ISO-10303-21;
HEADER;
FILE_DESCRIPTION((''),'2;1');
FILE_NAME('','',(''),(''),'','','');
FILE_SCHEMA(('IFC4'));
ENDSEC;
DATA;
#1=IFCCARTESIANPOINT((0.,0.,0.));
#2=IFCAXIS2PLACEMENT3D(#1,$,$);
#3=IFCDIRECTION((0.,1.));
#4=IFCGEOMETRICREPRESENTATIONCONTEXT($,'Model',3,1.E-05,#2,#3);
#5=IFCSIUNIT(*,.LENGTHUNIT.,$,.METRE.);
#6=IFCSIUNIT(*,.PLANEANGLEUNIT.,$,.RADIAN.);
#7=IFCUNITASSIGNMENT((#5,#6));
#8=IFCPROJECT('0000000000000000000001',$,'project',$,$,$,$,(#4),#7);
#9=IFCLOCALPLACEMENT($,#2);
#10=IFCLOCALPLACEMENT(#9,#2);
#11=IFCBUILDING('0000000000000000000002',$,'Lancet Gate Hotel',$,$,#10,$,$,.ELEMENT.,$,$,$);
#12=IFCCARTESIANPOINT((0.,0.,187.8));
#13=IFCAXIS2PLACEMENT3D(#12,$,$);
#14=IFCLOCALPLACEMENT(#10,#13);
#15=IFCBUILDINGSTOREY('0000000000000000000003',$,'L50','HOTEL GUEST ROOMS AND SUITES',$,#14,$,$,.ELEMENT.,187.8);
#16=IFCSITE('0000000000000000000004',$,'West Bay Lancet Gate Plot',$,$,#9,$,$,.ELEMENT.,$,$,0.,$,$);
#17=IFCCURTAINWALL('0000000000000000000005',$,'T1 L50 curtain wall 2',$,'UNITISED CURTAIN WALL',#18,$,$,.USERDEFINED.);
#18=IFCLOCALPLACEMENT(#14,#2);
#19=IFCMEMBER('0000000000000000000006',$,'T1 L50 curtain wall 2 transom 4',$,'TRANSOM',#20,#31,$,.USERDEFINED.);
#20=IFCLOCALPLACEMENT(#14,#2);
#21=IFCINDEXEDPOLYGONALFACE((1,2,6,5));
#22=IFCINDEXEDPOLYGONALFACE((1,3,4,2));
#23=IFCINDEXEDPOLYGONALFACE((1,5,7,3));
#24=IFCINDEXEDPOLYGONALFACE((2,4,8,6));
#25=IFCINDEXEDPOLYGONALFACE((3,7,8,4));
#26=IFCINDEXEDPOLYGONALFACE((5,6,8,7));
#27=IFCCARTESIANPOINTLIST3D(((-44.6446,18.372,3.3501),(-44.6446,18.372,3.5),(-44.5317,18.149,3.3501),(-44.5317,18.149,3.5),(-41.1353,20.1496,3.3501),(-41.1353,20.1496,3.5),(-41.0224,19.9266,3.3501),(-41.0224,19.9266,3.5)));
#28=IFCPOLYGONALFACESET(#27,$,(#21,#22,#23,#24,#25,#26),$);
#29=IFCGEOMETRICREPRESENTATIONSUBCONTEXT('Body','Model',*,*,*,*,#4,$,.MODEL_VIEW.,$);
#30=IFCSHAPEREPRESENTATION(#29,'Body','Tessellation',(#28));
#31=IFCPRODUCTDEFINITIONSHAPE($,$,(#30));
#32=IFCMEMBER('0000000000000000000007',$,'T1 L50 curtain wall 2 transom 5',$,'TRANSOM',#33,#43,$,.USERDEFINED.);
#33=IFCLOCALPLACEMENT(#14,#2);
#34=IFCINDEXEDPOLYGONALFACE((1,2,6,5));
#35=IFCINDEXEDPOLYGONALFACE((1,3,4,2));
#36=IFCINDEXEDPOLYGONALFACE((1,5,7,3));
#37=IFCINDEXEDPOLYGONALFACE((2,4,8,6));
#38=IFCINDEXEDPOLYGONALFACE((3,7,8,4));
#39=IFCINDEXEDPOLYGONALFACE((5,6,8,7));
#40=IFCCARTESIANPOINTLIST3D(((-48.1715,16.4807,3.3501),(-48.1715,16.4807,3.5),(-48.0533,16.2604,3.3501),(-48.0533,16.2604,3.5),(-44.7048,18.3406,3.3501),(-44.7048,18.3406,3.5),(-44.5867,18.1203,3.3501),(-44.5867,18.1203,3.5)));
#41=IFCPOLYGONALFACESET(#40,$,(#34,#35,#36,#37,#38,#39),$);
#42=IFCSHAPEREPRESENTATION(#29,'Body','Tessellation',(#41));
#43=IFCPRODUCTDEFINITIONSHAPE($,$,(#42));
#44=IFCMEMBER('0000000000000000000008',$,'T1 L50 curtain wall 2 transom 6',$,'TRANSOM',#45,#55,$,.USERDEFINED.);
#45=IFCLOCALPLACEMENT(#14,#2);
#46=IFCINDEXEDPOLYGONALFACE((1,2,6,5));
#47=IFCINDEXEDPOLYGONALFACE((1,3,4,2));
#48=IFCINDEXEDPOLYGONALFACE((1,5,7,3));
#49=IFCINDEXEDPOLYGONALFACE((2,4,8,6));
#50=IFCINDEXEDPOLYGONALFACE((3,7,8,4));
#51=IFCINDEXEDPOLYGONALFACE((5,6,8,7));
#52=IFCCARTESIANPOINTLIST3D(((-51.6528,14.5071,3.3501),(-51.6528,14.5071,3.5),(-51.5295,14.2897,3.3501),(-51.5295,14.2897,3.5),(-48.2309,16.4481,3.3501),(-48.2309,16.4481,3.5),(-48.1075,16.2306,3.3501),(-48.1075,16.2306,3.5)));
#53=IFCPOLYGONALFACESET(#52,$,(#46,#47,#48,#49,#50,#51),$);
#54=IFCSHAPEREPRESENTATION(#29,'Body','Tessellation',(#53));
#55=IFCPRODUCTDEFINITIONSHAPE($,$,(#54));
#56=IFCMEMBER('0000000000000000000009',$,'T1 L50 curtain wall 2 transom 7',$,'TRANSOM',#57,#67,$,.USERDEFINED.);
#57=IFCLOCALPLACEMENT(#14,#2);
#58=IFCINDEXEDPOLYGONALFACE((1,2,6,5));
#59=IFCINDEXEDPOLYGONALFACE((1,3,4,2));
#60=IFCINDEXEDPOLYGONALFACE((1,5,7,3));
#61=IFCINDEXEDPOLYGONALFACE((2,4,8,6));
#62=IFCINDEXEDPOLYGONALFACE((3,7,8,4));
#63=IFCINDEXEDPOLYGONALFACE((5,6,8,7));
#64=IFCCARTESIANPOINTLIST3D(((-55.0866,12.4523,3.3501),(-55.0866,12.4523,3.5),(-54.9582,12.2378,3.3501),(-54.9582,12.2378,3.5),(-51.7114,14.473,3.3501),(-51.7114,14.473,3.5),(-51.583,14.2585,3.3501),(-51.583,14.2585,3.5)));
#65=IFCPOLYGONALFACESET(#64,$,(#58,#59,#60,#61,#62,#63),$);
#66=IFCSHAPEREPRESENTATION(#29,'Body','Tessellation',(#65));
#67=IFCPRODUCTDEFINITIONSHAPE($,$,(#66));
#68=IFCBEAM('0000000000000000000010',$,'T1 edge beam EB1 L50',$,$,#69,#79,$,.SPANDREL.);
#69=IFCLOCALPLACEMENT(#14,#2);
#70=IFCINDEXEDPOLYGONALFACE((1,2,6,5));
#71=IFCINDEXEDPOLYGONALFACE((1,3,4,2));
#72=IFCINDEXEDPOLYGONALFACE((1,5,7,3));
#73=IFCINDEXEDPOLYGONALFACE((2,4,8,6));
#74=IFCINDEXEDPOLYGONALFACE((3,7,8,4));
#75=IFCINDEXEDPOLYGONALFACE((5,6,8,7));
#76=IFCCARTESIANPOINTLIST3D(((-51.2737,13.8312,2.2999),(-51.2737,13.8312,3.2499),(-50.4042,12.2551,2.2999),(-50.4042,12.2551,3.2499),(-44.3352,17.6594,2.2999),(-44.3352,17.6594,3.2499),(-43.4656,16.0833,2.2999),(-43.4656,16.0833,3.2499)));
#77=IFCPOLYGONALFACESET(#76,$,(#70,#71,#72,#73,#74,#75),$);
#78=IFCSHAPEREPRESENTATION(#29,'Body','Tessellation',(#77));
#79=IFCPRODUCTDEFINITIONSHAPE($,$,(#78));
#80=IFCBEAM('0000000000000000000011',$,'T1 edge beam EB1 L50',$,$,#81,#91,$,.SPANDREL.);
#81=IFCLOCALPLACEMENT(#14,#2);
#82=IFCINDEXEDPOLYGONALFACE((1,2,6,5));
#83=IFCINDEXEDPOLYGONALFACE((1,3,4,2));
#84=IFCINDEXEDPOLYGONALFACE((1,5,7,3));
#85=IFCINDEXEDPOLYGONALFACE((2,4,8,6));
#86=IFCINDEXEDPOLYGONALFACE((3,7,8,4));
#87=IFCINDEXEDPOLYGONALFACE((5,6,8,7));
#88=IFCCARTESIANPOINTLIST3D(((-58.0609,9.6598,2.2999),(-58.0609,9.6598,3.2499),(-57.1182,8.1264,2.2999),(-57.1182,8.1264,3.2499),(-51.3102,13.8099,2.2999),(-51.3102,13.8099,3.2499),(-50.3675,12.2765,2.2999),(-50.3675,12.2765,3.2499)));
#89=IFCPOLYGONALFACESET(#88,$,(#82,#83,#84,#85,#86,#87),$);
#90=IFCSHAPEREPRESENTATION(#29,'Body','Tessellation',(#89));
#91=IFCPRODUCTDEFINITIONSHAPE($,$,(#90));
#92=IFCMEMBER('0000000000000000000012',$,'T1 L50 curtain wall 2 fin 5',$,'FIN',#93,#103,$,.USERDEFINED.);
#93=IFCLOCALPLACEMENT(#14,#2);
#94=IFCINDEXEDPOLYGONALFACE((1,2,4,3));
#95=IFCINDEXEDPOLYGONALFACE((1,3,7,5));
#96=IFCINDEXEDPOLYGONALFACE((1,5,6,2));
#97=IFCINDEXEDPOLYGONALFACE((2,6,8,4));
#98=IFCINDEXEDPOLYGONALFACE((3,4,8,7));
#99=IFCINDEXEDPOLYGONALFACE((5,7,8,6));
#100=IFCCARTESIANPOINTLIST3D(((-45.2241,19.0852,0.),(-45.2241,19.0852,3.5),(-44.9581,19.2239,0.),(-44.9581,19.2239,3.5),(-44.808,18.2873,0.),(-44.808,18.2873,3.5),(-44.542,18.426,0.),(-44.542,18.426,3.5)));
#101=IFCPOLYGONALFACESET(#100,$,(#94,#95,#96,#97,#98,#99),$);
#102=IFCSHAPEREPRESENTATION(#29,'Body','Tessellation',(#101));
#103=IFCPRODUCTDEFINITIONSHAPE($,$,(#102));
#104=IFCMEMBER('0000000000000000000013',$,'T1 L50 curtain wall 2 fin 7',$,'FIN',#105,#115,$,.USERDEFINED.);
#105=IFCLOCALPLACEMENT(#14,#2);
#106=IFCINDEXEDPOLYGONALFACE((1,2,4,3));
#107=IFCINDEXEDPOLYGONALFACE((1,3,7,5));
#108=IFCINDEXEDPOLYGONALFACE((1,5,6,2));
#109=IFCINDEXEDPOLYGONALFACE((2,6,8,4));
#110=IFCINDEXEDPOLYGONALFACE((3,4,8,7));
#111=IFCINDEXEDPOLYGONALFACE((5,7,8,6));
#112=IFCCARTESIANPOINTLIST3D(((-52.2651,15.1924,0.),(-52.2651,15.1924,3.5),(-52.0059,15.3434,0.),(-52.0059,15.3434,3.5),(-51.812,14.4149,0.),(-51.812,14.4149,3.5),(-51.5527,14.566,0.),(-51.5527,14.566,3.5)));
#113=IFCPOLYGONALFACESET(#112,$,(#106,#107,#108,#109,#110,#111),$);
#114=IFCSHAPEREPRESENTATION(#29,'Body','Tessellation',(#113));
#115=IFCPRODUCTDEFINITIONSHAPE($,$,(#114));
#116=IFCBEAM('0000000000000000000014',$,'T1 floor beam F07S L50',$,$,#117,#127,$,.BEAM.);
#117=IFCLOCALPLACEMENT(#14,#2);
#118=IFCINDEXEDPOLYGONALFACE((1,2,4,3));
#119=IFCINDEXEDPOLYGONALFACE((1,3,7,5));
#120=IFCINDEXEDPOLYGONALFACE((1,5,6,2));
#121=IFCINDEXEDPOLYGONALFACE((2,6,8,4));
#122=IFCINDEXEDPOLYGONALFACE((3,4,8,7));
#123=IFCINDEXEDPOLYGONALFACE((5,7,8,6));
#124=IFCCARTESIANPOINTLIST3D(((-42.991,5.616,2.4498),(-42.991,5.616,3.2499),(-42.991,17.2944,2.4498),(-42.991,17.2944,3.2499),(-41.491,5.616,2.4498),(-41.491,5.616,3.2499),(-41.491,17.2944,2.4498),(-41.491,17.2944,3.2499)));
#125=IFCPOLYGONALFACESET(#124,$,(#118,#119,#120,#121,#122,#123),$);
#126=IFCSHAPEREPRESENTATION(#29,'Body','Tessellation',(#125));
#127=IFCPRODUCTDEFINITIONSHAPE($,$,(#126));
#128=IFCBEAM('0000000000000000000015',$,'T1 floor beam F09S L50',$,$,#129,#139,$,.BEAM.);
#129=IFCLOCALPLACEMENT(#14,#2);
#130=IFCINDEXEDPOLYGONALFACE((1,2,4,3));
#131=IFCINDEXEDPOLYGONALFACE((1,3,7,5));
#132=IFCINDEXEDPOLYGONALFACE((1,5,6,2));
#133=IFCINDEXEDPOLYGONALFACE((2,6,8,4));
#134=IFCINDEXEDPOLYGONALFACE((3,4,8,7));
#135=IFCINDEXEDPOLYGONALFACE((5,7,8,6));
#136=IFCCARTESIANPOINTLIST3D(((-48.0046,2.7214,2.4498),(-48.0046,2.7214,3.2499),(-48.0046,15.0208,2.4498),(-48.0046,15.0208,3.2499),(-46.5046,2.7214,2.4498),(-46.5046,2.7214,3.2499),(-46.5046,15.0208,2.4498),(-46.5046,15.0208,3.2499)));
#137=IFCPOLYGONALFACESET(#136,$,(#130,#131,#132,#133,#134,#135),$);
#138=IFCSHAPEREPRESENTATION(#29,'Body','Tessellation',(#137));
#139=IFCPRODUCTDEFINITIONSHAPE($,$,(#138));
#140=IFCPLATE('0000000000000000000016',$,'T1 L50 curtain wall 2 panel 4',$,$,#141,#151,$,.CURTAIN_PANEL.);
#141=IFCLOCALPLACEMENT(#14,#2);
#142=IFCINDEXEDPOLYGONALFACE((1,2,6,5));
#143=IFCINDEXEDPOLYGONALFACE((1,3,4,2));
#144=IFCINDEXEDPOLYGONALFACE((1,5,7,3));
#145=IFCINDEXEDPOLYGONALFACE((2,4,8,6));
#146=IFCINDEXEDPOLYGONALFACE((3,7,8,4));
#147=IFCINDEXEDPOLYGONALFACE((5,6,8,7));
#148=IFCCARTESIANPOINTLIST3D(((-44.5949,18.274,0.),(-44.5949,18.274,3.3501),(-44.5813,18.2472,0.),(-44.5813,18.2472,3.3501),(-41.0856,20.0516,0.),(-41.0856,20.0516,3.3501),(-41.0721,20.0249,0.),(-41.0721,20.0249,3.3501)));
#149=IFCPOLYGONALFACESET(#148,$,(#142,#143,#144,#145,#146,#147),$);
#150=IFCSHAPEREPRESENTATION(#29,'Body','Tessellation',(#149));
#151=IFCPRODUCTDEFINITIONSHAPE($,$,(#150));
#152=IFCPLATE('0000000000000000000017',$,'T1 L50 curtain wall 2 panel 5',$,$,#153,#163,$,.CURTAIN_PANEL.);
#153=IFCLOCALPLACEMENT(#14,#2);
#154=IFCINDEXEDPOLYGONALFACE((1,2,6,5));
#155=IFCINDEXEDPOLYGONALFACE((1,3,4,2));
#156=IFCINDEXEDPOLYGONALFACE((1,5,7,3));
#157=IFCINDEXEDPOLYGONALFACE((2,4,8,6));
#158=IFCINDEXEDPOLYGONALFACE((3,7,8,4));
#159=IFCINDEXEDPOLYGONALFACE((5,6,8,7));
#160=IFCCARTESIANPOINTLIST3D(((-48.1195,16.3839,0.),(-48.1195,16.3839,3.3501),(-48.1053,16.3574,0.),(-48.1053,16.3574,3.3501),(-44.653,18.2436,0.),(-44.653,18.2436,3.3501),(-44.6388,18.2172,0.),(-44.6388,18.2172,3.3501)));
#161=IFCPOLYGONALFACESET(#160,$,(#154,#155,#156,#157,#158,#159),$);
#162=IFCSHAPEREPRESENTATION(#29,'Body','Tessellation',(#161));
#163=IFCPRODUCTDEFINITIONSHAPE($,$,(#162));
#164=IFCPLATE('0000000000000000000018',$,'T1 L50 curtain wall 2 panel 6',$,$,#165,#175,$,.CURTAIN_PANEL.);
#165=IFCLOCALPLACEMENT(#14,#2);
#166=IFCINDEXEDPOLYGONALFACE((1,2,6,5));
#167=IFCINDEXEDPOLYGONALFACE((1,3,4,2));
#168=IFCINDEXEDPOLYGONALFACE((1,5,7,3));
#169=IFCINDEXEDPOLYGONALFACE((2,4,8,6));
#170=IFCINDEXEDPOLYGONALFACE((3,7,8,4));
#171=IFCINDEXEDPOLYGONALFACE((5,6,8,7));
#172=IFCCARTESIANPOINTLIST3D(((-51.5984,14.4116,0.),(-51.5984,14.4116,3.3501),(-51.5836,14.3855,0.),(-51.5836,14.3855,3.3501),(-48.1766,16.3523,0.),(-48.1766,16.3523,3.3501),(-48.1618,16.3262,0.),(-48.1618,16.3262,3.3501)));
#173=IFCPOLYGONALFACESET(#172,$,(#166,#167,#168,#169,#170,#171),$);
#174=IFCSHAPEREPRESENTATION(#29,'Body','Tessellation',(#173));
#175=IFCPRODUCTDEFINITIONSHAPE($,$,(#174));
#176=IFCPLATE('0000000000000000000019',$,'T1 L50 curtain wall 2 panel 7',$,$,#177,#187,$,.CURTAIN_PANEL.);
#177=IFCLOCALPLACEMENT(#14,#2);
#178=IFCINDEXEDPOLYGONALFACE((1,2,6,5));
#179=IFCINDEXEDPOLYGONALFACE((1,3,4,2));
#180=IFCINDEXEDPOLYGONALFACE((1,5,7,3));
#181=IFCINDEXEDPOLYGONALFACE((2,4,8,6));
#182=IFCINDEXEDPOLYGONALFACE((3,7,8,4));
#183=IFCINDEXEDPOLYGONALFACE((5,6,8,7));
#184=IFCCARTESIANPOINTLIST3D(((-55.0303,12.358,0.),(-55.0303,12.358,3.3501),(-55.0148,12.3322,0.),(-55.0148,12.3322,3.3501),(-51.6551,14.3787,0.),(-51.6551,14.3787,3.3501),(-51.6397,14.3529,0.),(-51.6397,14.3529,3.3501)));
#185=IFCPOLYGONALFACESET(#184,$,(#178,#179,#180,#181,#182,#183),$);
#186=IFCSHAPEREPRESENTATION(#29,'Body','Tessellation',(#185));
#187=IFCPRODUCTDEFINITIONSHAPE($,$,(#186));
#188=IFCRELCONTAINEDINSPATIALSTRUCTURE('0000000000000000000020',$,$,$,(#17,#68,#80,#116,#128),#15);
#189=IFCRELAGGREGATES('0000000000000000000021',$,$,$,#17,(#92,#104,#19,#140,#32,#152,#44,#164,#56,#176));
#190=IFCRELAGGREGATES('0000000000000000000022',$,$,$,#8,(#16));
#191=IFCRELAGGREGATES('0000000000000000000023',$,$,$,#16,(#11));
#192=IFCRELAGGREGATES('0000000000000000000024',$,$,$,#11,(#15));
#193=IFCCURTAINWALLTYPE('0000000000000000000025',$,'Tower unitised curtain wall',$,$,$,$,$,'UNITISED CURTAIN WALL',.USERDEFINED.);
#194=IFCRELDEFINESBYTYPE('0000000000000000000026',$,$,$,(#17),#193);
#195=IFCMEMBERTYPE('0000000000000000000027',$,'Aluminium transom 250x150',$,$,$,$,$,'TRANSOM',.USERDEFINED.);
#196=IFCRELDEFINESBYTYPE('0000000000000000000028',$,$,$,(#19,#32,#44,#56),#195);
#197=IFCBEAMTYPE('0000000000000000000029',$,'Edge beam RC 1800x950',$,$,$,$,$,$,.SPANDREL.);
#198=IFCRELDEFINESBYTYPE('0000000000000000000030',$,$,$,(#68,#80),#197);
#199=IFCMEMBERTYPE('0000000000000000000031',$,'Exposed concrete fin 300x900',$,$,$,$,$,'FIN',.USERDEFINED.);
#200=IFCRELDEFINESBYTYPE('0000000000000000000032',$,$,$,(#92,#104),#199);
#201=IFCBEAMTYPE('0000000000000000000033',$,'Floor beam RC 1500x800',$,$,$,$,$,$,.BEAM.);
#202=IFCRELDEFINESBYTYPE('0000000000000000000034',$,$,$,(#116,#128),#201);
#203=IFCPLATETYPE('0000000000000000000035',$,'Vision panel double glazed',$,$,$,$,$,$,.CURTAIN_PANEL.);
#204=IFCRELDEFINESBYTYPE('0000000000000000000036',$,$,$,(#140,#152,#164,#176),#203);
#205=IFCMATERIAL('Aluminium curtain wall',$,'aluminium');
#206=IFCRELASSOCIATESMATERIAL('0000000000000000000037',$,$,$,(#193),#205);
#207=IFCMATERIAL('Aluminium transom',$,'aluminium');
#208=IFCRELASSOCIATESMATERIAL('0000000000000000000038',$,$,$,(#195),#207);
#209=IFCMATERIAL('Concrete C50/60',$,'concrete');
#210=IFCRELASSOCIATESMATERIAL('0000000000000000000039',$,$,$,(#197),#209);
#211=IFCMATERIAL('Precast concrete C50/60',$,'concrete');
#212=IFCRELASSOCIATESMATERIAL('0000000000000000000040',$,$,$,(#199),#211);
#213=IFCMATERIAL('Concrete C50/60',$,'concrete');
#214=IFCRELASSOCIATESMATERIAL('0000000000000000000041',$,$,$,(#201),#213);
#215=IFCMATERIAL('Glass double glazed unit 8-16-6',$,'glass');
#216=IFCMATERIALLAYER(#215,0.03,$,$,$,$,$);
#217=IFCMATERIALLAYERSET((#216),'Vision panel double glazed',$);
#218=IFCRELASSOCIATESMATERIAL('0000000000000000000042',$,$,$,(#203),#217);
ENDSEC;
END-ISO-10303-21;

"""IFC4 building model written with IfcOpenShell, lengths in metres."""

from ifc_helpers import new_model, si_unit, direction, frame, origin, origin_2d, place, context, subcontext, project, spatial, rectangle, extrude, material, layer, layer_set, material_profile, profile_set, type_object, element, aggregate, save


model = new_model("IFC4")

# Units and contexts
model_context = context("Model", 3, precision=1e-05, world=origin(), true_north=direction((0.0, 1.0)))
body_context = subcontext(model_context, "Body", "Model", "MODEL_VIEW")
ifc_project = project(units=[si_unit("LENGTHUNIT", "METRE"), si_unit("PLANEANGLEUNIT", "RADIAN")], contexts=[model_context])

# Site, building, storey
site_placement = place(None, origin())
site = spatial("IfcSite", under=ifc_project, at=site_placement, Name="West Bay Lancet Gate Plot", CompositionType="ELEMENT", RefElevation=0.0)
building_placement = place(site_placement, origin())
building = spatial("IfcBuilding", under=site, at=building_placement, Name="Lancet Gate Hotel", CompositionType="ELEMENT")
storey_placement = place(building_placement, frame((0.0, 0.0, 187.8)))
storey = spatial("IfcBuildingStorey", under=building, at=storey_placement, Name="L50", Description="HOTEL GUEST ROOMS AND SUITES", CompositionType="ELEMENT", Elevation=187.8)

# Curtain wall, members
ifc_material_1 = material(Name="Aluminium curtain wall", Category="aluminium")
curtain_wall_type = type_object("IfcCurtainWallType", Name="Tower unitised curtain wall", ElementType="UNITISED CURTAIN WALL", PredefinedType="USERDEFINED", material=ifc_material_1)
curtain_wall_placement = place(storey_placement, origin())
curtain_wall = element("IfcCurtainWall", 1, at=curtain_wall_placement, inside=storey, type_object=curtain_wall_type, Name="T1 L50 curtain wall 2", ObjectType="UNITISED CURTAIN WALL", PredefinedType="USERDEFINED")
ifc_material_2 = material(Name="Aluminium transom", Category="aluminium")
ifc_material_profile_1 = material_profile(ifc_material_2, rectangle(XDim=0.25, YDim=0.1499, at=origin_2d()), Name="TRANSOM 250x150")
ifc_profile_set_1 = profile_set([ifc_material_profile_1], Name="Aluminium transom")
member_type_1 = type_object("IfcMemberType", Name="Aluminium transom 250x150", ElementType="TRANSOM", PredefinedType="USERDEFINED", material=ifc_profile_set_1)
member_1_placement = place(storey_placement, frame((-41.0789, 20.0381, 3.425), z_axis=(-0.892081, -0.451875, 0.0), x_axis=(0.451875, -0.892081, 0.0)))
member_1 = element("IfcMember", 2, at=member_1_placement, type_object=member_type_1, Name="T1 L50 curtain wall 2 transom 4", ObjectType="TRANSOM", PredefinedType="USERDEFINED", context=body_context, shape_type="SweptSolid", body=[
    extrude(rectangle(XDim=0.25, YDim=0.1499, at=origin_2d()), origin(), (0.0, 0.0, 1.0), 3.9338),
])
member_2_placement = place(storey_placement, frame((-44.6458, 18.2305, 3.425), z_axis=(-0.881185, -0.472771, 0.0), x_axis=(0.472771, -0.881185, 0.0)))
member_2 = element("IfcMember", 3, at=member_2_placement, type_object=member_type_1, Name="T1 L50 curtain wall 2 transom 5", ObjectType="TRANSOM", PredefinedType="USERDEFINED", context=body_context, shape_type="SweptSolid", body=[
    extrude(rectangle(XDim=0.25, YDim=0.1499, at=origin_2d()), origin(), (0.0, 0.0, 1.0), 3.9341),
])
member_3_placement = place(storey_placement, frame((-48.1692, 16.3394, 3.425), z_axis=(-0.86982, -0.49337, 0.0), x_axis=(0.49337, -0.86982, 0.0)))
member_3 = element("IfcMember", 4, at=member_3_placement, type_object=member_type_1, Name="T1 L50 curtain wall 2 transom 6", ObjectType="TRANSOM", PredefinedType="USERDEFINED", context=body_context, shape_type="SweptSolid", body=[
    extrude(rectangle(XDim=0.25, YDim=0.1499, at=origin_2d()), origin(), (0.0, 0.0, 1.0), 3.9341),
])
member_4_placement = place(storey_placement, frame((-51.6472, 14.3657, 3.425), z_axis=(-0.857985, -0.513674, 0.0), x_axis=(0.513674, -0.857985, 0.0)))
member_4 = element("IfcMember", 5, at=member_4_placement, type_object=member_type_1, Name="T1 L50 curtain wall 2 transom 7", ObjectType="TRANSOM", PredefinedType="USERDEFINED", context=body_context, shape_type="SweptSolid", body=[
    extrude(rectangle(XDim=0.25, YDim=0.1499, at=origin_2d()), origin(), (0.0, 0.0, 1.0), 3.9338),
])

# Beams
ifc_material_3 = material(Name="Concrete C50/60", Category="concrete")
ifc_material_profile_2 = material_profile(ifc_material_3, rectangle(XDim=1.8, YDim=0.95, at=origin_2d()), Name="RC 1800x950")
ifc_profile_set_2 = profile_set([ifc_material_profile_2], Name="Concrete C50/60")
beam_type_1 = type_object("IfcBeamType", Name="Edge beam RC 1800x950", PredefinedType="SPANDREL", material=ifc_profile_set_2)
beam_1_placement = place(storey_placement, frame((-43.9004, 16.8713, 2.7749), z_axis=(-0.875578, -0.483077, 0.0), x_axis=(0.483077, -0.875578, 0.0)))
element("IfcBeam", 6, at=beam_1_placement, inside=storey, type_object=beam_type_1, Name="T1 edge beam EB1 L50", PredefinedType="SPANDREL", context=body_context, shape_type="SweptSolid", body=[
    extrude(rectangle(XDim=1.8, YDim=0.95, at=origin_2d()), origin(), (0.0, 0.0, 1.0), 7.9246),
])
beam_2_placement = place(storey_placement, frame((-50.8389, 13.0432, 2.7749), z_axis=(-0.851892, -0.523717, 0.0), x_axis=(0.523717, -0.851892, 0.0)))
element("IfcBeam", 7, at=beam_2_placement, inside=storey, type_object=beam_type_1, Name="T1 edge beam EB1 L50", PredefinedType="SPANDREL", context=body_context, shape_type="SweptSolid", body=[
    extrude(rectangle(XDim=1.8, YDim=0.95, at=origin_2d()), origin(), (0.0, 0.0, 1.0), 7.9243),
])

# Members
ifc_material_4 = material(Name="Precast concrete C50/60", Category="concrete")
ifc_material_profile_3 = material_profile(ifc_material_4, rectangle(XDim=0.3, YDim=0.8999, at=origin_2d()), Name="FIN 300x900")
ifc_profile_set_3 = profile_set([ifc_material_profile_3], Name="Precast concrete C50/60")
member_type_2 = type_object("IfcMemberType", Name="Exposed concrete fin 300x900", ElementType="FIN", PredefinedType="USERDEFINED", material=ifc_profile_set_3)
member_5_placement = place(storey_placement, frame((-44.8831, 18.7556, 0.0), z_axis=(0.0, 0.0, 1.0), x_axis=(-0.886694, -0.462356, 0.0)))
member_5 = element("IfcMember", 8, at=member_5_placement, type_object=member_type_2, Name="T1 L50 curtain wall 2 fin 5", ObjectType="FIN", PredefinedType="USERDEFINED", context=body_context, shape_type="SweptSolid", body=[
    extrude(rectangle(XDim=0.3, YDim=0.8999, at=origin_2d()), origin(), (0.0, 0.0, 1.0), 3.5),
])
member_6_placement = place(storey_placement, frame((-51.9089, 14.8792, 0.0), z_axis=(0.0, 0.0, 1.0), x_axis=(-0.863969, -0.503545, 0.0)))
member_6 = element("IfcMember", 9, at=member_6_placement, type_object=member_type_2, Name="T1 L50 curtain wall 2 fin 7", ObjectType="FIN", PredefinedType="USERDEFINED", context=body_context, shape_type="SweptSolid", body=[
    extrude(rectangle(XDim=0.3, YDim=0.8999, at=origin_2d()), origin(), (0.0, 0.0, 1.0), 3.5),
])

# Beams
ifc_material_5 = material(Name="Concrete C50/60", Category="concrete")
ifc_material_profile_4 = material_profile(ifc_material_5, rectangle(XDim=1.5, YDim=0.8, at=origin_2d()), Name="RC 1500x800")
ifc_profile_set_4 = profile_set([ifc_material_profile_4], Name="Concrete C50/60")
beam_type_2 = type_object("IfcBeamType", Name="Floor beam RC 1500x800", PredefinedType="BEAM", material=ifc_profile_set_4)
beam_3_placement = place(storey_placement, frame((-42.241, 17.2944, 2.8499), z_axis=(0.0, -1.0, 0.0), x_axis=(1.0, 0.0, 0.0)))
element("IfcBeam", 10, at=beam_3_placement, inside=storey, type_object=beam_type_2, Name="T1 floor beam F07S L50", PredefinedType="BEAM", context=body_context, shape_type="SweptSolid", body=[
    extrude(rectangle(XDim=1.5, YDim=0.8, at=origin_2d()), origin(), (0.0, 0.0, 1.0), 11.6785),
])
beam_4_placement = place(storey_placement, frame((-47.2546, 15.0208, 2.8499), z_axis=(0.0, -1.0, 0.0), x_axis=(1.0, 0.0, 0.0)))
element("IfcBeam", 11, at=beam_4_placement, inside=storey, type_object=beam_type_2, Name="T1 floor beam F09S L50", PredefinedType="BEAM", context=body_context, shape_type="SweptSolid", body=[
    extrude(rectangle(XDim=1.5, YDim=0.8, at=origin_2d()), origin(), (0.0, 0.0, 1.0), 12.2993),
])

# Plates
ifc_material_6 = material(Name="Glass double glazed unit 8-16-6", Category="glass")
ifc_layer_1 = layer(ifc_material_6, 0.03)
ifc_layer_set_1 = layer_set([ifc_layer_1], Name="Vision panel double glazed")
plate_type = type_object("IfcPlateType", Name="Vision panel double glazed", PredefinedType="CURTAIN_PANEL", material=ifc_layer_set_1)
plate_1_placement = place(storey_placement, frame((-42.8335, 19.1494, 0.0), z_axis=(0.0, 0.0, 1.0), x_axis=(-0.892071, -0.451895, 0.0)))
plate_1 = element("IfcPlate", 12, at=plate_1_placement, type_object=plate_type, Name="T1 L50 curtain wall 2 panel 4", PredefinedType="CURTAIN_PANEL", context=body_context, shape_type="SweptSolid", body=[
    extrude(rectangle(XDim=3.9338, YDim=0.03, at=origin_2d()), origin(), (0.0, 0.0, 1.0), 3.3501),
])
plate_2_placement = place(storey_placement, frame((-46.3792, 17.3005, 0.0), z_axis=(0.0, 0.0, 1.0), x_axis=(-0.881195, -0.472753, 0.0)))
plate_2 = element("IfcPlate", 13, at=plate_2_placement, type_object=plate_type, Name="T1 L50 curtain wall 2 panel 5", PredefinedType="CURTAIN_PANEL", context=body_context, shape_type="SweptSolid", body=[
    extrude(rectangle(XDim=3.9338, YDim=0.03, at=origin_2d()), origin(), (0.0, 0.0, 1.0), 3.3501),
])
plate_3_placement = place(storey_placement, frame((-49.8801, 15.3689, 0.0), z_axis=(0.0, 0.0, 1.0), x_axis=(-0.869831, -0.493349, 0.0)))
plate_3 = element("IfcPlate", 14, at=plate_3_placement, type_object=plate_type, Name="T1 L50 curtain wall 2 panel 6", PredefinedType="CURTAIN_PANEL", context=body_context, shape_type="SweptSolid", body=[
    extrude(rectangle(XDim=3.9338, YDim=0.03, at=origin_2d()), origin(), (0.0, 0.0, 1.0), 3.3501),
])
plate_4_placement = place(storey_placement, frame((-53.335, 13.3555, 0.0), z_axis=(0.0, 0.0, 1.0), x_axis=(-0.857987, -0.513672, 0.0)))
plate_4 = element("IfcPlate", 15, at=plate_4_placement, type_object=plate_type, Name="T1 L50 curtain wall 2 panel 7", PredefinedType="CURTAIN_PANEL", context=body_context, shape_type="SweptSolid", body=[
    extrude(rectangle(XDim=3.9338, YDim=0.03, at=origin_2d()), origin(), (0.0, 0.0, 1.0), 3.3501),
])
aggregate(curtain_wall, [member_5, member_6, member_1, plate_1, member_2, plate_2, member_3, plate_3, member_4, plate_4])

save(model, "model.ifc")
